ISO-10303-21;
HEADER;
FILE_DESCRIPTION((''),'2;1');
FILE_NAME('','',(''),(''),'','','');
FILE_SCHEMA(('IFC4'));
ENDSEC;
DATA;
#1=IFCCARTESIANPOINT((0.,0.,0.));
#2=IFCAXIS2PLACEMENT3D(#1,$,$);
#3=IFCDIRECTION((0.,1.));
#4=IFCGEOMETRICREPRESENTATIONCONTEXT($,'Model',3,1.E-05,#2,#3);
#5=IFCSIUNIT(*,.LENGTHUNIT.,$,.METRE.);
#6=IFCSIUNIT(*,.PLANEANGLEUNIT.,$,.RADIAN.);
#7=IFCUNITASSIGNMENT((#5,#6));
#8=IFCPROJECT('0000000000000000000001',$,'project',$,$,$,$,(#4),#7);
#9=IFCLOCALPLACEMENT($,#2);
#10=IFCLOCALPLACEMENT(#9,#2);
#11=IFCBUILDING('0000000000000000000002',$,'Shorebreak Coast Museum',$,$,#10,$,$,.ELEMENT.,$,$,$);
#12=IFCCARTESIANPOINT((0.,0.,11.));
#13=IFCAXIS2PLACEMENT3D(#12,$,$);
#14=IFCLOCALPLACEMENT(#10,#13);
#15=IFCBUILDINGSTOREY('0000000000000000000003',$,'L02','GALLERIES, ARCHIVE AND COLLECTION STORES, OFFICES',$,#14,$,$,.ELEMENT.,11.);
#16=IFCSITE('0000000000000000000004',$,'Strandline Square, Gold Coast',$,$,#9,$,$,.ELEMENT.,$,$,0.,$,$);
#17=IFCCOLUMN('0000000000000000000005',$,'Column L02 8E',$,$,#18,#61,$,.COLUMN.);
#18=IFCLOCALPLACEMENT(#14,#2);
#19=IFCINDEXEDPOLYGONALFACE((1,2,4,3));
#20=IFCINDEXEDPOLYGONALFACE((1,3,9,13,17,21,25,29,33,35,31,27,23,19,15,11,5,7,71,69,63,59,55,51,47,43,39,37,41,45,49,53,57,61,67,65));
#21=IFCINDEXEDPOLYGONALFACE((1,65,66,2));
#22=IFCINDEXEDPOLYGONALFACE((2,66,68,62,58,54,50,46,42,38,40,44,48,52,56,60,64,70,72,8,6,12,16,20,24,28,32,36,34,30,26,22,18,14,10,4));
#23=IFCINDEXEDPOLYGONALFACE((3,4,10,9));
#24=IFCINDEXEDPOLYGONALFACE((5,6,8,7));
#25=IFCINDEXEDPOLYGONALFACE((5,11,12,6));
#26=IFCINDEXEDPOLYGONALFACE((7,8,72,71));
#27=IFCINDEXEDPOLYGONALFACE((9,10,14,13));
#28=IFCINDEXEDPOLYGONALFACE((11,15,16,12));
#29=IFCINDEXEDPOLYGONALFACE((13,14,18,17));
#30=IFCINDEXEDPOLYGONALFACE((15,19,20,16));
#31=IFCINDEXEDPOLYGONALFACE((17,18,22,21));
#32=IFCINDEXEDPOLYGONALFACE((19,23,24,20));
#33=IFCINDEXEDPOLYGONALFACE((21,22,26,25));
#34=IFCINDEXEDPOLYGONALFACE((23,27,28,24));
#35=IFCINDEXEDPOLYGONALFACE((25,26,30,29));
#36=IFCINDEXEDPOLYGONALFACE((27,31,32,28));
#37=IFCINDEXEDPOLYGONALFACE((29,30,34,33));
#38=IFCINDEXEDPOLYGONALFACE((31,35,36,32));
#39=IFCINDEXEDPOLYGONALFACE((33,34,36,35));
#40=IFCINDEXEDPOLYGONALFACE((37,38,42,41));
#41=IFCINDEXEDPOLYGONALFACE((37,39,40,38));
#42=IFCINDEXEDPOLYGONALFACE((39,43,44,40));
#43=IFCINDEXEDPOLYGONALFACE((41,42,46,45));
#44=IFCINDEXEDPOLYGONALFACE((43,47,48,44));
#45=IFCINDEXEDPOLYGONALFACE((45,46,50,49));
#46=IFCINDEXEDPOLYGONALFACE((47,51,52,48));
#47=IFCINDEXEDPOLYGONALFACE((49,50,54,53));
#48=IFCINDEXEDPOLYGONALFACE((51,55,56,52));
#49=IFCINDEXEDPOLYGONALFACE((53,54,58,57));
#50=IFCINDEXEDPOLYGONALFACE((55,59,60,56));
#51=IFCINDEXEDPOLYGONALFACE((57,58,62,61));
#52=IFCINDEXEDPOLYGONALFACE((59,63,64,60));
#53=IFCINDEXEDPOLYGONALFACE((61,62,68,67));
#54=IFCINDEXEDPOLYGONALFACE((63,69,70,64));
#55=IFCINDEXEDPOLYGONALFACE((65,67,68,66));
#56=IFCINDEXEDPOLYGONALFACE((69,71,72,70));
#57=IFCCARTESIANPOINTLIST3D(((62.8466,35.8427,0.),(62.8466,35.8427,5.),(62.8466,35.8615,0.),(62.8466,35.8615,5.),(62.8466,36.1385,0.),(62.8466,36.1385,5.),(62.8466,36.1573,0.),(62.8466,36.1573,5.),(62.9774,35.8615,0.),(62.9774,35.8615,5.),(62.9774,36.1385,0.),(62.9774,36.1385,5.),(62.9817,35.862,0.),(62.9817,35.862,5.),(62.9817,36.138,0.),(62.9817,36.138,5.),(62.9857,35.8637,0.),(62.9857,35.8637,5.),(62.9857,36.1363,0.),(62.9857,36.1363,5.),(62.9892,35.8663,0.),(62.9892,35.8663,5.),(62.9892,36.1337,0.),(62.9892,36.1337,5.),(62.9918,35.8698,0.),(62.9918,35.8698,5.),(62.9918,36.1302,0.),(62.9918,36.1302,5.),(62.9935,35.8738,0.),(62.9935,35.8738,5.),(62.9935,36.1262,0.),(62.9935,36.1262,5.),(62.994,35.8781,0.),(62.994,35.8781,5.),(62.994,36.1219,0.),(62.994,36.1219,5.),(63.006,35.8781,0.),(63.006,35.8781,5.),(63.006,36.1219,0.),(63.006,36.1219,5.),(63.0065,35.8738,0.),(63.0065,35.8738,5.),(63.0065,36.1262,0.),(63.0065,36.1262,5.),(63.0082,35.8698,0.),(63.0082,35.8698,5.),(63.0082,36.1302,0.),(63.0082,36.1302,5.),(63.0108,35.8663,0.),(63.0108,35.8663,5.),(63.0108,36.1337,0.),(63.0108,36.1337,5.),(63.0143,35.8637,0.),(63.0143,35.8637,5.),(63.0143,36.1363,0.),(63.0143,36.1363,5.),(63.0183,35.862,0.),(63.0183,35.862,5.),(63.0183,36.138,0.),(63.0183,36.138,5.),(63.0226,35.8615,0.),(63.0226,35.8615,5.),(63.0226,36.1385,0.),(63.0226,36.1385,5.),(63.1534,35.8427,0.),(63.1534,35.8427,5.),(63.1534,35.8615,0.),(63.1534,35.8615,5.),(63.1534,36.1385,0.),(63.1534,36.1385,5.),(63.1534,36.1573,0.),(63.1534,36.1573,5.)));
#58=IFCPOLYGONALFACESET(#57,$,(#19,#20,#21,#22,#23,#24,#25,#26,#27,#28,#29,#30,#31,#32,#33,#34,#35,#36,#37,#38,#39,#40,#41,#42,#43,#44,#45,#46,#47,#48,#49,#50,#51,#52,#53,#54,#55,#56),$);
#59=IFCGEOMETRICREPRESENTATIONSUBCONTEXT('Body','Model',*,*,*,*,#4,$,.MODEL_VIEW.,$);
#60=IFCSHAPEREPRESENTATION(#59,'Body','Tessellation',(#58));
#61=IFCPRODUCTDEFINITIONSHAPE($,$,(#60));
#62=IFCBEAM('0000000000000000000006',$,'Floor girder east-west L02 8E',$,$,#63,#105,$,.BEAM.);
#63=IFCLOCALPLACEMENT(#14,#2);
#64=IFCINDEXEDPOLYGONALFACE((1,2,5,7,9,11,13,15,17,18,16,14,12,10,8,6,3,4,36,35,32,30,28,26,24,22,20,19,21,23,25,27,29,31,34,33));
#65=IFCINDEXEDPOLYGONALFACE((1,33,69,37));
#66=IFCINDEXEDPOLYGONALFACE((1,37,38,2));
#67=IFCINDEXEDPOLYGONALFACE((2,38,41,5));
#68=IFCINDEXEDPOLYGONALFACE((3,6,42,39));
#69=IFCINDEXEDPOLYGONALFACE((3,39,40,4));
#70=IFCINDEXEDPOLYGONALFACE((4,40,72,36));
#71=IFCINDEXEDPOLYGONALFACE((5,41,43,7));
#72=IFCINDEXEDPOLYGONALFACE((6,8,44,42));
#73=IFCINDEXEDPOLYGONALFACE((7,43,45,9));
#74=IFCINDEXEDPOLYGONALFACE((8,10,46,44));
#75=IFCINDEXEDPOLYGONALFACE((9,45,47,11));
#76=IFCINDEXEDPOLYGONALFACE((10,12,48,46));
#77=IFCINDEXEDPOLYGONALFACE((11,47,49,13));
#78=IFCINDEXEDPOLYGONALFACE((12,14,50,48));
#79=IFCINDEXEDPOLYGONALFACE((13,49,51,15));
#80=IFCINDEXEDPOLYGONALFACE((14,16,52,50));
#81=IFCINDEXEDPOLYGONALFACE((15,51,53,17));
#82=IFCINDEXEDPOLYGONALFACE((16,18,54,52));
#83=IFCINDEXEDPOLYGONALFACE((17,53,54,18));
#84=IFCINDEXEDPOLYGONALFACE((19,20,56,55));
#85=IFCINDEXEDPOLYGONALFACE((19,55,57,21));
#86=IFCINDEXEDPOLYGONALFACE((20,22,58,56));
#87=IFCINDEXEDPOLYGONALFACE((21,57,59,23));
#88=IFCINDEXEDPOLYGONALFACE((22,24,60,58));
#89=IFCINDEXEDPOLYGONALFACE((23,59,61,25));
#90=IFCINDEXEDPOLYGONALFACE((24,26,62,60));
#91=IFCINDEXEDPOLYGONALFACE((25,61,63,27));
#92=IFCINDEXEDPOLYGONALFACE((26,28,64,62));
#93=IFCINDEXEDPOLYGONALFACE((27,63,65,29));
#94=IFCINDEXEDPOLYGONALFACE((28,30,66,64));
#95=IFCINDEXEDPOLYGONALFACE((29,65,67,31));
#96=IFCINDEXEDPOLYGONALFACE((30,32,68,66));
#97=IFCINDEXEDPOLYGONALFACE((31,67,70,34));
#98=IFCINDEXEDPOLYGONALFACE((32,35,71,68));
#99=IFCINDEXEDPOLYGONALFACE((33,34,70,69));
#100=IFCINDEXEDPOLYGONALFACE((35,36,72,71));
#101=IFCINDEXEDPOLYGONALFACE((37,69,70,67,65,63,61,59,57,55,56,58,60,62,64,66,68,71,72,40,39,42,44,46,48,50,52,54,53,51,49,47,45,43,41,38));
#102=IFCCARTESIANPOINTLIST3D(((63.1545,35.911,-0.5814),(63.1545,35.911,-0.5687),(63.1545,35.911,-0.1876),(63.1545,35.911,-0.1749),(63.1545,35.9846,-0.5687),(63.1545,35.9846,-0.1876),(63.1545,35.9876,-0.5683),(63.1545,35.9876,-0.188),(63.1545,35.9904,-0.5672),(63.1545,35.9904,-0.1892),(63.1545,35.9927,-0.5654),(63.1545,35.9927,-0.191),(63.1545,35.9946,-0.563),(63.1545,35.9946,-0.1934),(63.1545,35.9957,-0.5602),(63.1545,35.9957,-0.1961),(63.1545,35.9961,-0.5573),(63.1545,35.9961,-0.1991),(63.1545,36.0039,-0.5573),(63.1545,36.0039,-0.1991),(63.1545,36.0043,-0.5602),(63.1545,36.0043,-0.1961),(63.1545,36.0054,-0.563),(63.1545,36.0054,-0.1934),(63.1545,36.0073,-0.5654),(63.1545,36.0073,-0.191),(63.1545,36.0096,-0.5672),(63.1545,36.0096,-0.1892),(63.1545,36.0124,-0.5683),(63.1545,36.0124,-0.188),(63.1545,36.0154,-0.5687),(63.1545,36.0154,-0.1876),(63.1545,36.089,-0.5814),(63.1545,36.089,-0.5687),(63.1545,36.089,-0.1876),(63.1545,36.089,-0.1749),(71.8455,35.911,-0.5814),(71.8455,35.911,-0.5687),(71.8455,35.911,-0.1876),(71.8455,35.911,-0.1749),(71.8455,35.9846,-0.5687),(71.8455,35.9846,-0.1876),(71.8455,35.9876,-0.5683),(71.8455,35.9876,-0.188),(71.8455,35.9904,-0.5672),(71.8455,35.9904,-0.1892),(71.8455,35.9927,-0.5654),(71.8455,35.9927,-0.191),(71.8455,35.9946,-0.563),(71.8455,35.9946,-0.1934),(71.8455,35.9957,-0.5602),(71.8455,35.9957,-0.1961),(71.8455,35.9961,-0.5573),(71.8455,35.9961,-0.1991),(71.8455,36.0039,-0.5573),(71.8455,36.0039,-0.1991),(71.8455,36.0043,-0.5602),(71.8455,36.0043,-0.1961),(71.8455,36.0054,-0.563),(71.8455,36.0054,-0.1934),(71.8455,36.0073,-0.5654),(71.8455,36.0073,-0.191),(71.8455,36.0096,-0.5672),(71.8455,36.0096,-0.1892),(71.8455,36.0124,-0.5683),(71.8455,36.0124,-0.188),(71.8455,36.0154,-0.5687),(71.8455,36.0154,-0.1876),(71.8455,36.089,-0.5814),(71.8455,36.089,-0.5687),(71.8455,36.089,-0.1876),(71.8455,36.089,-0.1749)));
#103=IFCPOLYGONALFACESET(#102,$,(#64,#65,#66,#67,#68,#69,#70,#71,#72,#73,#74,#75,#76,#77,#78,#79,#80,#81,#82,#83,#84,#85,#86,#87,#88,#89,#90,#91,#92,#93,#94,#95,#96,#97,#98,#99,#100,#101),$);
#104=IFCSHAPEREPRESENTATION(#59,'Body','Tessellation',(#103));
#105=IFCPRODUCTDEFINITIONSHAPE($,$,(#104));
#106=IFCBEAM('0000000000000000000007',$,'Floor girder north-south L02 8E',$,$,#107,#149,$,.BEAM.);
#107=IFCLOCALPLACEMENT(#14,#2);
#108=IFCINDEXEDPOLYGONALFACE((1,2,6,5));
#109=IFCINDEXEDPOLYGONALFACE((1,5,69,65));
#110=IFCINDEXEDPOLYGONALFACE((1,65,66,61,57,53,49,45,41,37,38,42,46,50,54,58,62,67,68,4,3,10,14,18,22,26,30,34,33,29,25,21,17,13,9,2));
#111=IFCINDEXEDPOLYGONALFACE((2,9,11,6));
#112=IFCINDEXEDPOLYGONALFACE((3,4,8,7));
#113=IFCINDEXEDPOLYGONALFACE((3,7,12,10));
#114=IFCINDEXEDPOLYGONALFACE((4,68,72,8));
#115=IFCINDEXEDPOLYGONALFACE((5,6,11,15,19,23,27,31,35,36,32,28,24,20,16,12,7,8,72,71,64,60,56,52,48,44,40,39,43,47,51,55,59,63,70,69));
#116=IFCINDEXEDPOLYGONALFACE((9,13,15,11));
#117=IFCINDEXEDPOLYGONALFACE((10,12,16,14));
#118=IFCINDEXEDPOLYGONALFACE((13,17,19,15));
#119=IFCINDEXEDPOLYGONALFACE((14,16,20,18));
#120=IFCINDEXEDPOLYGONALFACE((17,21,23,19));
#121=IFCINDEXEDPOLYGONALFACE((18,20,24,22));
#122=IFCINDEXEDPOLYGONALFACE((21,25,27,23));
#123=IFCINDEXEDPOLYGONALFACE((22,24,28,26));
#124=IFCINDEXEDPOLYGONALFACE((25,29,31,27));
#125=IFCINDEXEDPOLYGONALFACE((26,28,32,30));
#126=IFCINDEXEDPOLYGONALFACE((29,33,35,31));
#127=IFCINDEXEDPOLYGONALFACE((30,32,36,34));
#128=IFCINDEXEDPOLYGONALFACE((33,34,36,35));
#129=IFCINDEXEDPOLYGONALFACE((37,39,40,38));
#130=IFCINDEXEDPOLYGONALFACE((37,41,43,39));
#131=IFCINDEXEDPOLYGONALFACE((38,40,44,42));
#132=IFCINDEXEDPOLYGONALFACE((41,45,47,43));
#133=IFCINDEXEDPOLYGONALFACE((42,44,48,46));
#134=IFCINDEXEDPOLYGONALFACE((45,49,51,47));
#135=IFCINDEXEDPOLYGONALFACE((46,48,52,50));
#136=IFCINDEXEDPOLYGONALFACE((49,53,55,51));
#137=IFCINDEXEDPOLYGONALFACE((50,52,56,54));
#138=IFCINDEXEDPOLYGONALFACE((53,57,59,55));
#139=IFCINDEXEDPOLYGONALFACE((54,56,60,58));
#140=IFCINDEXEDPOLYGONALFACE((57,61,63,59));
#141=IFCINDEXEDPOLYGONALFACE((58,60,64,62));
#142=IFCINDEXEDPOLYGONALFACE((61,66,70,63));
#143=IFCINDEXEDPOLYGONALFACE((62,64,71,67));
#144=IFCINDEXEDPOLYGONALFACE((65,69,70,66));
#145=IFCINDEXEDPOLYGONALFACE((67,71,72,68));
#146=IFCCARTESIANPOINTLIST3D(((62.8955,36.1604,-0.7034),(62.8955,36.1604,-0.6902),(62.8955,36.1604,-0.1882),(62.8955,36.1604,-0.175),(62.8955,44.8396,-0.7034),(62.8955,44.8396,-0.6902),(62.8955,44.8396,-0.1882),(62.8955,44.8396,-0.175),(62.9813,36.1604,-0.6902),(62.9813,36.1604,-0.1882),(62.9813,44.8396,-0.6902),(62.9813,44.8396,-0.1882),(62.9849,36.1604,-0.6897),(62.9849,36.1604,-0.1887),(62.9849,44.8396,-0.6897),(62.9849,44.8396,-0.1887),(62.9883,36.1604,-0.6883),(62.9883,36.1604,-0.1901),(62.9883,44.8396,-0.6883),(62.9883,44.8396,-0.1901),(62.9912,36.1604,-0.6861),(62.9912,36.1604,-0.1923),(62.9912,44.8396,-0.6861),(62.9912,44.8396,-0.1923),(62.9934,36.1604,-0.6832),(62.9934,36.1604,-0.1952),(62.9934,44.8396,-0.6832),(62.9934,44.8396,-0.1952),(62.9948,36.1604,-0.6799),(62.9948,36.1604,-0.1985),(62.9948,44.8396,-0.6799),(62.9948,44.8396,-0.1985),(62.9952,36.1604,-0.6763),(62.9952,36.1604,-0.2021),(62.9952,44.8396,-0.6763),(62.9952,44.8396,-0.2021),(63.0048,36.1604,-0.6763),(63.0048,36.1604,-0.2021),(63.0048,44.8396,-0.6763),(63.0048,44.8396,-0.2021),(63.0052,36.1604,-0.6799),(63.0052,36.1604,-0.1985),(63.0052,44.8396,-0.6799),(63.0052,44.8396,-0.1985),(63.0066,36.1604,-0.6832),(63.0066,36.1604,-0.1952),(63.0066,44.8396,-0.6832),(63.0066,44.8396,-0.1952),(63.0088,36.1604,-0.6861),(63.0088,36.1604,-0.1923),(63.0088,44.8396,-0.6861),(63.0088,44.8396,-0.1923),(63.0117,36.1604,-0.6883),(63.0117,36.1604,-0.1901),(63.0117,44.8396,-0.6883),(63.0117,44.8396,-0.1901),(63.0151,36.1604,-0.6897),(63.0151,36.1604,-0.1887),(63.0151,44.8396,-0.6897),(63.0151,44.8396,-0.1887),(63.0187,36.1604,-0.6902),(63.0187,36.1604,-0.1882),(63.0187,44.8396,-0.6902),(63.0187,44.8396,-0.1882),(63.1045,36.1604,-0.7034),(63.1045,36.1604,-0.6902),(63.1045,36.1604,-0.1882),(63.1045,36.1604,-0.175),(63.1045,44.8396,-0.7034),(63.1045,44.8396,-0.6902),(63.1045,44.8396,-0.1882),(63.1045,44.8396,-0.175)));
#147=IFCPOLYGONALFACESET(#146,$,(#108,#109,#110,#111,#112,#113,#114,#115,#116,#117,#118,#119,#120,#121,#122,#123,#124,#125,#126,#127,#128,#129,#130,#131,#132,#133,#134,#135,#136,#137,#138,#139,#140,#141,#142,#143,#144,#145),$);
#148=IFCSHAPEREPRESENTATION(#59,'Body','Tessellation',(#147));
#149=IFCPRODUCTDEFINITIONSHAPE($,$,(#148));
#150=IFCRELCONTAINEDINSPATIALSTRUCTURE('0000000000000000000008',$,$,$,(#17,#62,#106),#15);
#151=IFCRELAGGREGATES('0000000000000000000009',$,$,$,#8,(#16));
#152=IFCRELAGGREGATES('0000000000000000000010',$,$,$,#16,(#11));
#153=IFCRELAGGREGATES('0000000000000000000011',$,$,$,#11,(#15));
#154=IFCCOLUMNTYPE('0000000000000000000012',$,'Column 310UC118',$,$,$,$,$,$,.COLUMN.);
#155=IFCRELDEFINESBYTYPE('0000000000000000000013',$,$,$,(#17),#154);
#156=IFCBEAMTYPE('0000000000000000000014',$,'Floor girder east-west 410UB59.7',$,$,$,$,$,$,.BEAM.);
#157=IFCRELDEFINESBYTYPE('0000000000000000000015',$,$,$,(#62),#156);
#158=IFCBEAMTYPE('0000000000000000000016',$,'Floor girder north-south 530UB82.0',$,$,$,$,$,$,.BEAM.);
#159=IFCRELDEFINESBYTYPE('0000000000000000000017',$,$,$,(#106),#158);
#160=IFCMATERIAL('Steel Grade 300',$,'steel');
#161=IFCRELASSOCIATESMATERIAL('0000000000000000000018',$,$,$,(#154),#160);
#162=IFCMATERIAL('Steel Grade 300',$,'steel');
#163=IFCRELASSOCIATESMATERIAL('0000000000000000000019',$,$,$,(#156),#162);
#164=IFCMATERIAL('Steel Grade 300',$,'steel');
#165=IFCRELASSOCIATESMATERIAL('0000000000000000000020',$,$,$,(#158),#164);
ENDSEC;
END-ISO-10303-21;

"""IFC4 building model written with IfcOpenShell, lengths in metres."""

from ifc_helpers import new_model, si_unit, direction, frame, origin, origin_2d, place, context, subcontext, project, spatial, i_section, extrude, material, material_profile, profile_set, type_object, element, save


model = new_model("IFC4")

# Units and contexts
model_context = context("Model", 3, precision=1e-05, world=origin(), true_north=direction((0.0, 1.0)))
body_context = subcontext(model_context, "Body", "Model", "MODEL_VIEW")
ifc_project = project(units=[si_unit("LENGTHUNIT", "METRE"), si_unit("PLANEANGLEUNIT", "RADIAN")], contexts=[model_context])

# Site, building, storey
site_placement = place(None, origin())
site = spatial("IfcSite", under=ifc_project, at=site_placement, Name="Strandline Square, Gold Coast", CompositionType="ELEMENT", RefElevation=0.0)
building_placement = place(site_placement, origin())
building = spatial("IfcBuilding", under=site, at=building_placement, Name="Shorebreak Coast Museum", CompositionType="ELEMENT")
storey_placement = place(building_placement, frame((0.0, 0.0, 11.0)))
storey = spatial("IfcBuildingStorey", under=building, at=storey_placement, Name="L02", Description="GALLERIES, ARCHIVE AND COLLECTION STORES, OFFICES", CompositionType="ELEMENT", Elevation=11.0)

# Column
ifc_material_1 = material(Name="Steel Grade 300", Category="steel")
ifc_material_profile_1 = material_profile(ifc_material_1, i_section(OverallWidth=0.3069, OverallDepth=0.3147, WebThickness=0.012, FlangeThickness=0.0188, FilletRadius=0.0166, at=origin_2d()), Name="310UC118")
ifc_profile_set_1 = profile_set([ifc_material_profile_1], Name="Steel Grade 300")
column_type = type_object("IfcColumnType", Name="Column 310UC118", PredefinedType="COLUMN", material=ifc_profile_set_1)
column_placement = place(storey_placement, frame((63.0, 36.0, 0.0), z_axis=(0.0, 0.0, 1.0), x_axis=(1.0, 0.0, 0.0)))
element("IfcColumn", 1, at=column_placement, inside=storey, type_object=column_type, Name="Column L02 8E", PredefinedType="COLUMN", context=body_context, shape_type="SweptSolid", body=[
    extrude(i_section(OverallWidth=0.3069, OverallDepth=0.3147, WebThickness=0.012, FlangeThickness=0.0188, FilletRadius=0.0166, at=origin_2d()), origin(), (0.0, 0.0, 1.0), 5.0),
])

# Beams
ifc_material_2 = material(Name="Steel Grade 300", Category="steel")
ifc_material_profile_2 = material_profile(ifc_material_2, i_section(OverallWidth=0.178, OverallDepth=0.4065, WebThickness=0.0078, FlangeThickness=0.0127, FilletRadius=0.0115, at=origin_2d()), Name="410UB59.7")
ifc_profile_set_2 = profile_set([ifc_material_profile_2], Name="Steel Grade 300")
beam_type_1 = type_object("IfcBeamType", Name="Floor girder east-west 410UB59.7", PredefinedType="BEAM", material=ifc_profile_set_2)
beam_1_placement = place(storey_placement, frame((63.1545, 36.0, -0.3782), z_axis=(1.0, 0.0, 0.0), x_axis=(0.0, 1.0, 0.0)))
element("IfcBeam", 2, at=beam_1_placement, inside=storey, type_object=beam_type_1, Name="Floor girder east-west L02 8E", PredefinedType="BEAM", context=body_context, shape_type="SweptSolid", body=[
    extrude(i_section(OverallWidth=0.178, OverallDepth=0.4065, WebThickness=0.0078, FlangeThickness=0.0127, FilletRadius=0.0115, at=origin_2d()), origin(), (0.0, 0.0, 1.0), 8.6909),
])
ifc_material_3 = material(Name="Steel Grade 300", Category="steel")
ifc_material_profile_3 = material_profile(ifc_material_3, i_section(OverallWidth=0.209, OverallDepth=0.5283, WebThickness=0.0095, FlangeThickness=0.0132, FilletRadius=0.0139, at=origin_2d()), Name="530UB82.0")
ifc_profile_set_3 = profile_set([ifc_material_profile_3], Name="Steel Grade 300")
beam_type_2 = type_object("IfcBeamType", Name="Floor girder north-south 530UB82.0", PredefinedType="BEAM", material=ifc_profile_set_3)
beam_2_placement = place(storey_placement, frame((63.0, 36.1604, -0.4392), z_axis=(0.0, 1.0, 0.0), x_axis=(-1.0, 0.0, 0.0)))
element("IfcBeam", 3, at=beam_2_placement, inside=storey, type_object=beam_type_2, Name="Floor girder north-south L02 8E", PredefinedType="BEAM", context=body_context, shape_type="SweptSolid", body=[
    extrude(i_section(OverallWidth=0.209, OverallDepth=0.5283, WebThickness=0.0095, FlangeThickness=0.0132, FilletRadius=0.0139, at=origin_2d()), origin(), (0.0, 0.0, 1.0), 8.6792),
])

save(model, "model.ifc")
